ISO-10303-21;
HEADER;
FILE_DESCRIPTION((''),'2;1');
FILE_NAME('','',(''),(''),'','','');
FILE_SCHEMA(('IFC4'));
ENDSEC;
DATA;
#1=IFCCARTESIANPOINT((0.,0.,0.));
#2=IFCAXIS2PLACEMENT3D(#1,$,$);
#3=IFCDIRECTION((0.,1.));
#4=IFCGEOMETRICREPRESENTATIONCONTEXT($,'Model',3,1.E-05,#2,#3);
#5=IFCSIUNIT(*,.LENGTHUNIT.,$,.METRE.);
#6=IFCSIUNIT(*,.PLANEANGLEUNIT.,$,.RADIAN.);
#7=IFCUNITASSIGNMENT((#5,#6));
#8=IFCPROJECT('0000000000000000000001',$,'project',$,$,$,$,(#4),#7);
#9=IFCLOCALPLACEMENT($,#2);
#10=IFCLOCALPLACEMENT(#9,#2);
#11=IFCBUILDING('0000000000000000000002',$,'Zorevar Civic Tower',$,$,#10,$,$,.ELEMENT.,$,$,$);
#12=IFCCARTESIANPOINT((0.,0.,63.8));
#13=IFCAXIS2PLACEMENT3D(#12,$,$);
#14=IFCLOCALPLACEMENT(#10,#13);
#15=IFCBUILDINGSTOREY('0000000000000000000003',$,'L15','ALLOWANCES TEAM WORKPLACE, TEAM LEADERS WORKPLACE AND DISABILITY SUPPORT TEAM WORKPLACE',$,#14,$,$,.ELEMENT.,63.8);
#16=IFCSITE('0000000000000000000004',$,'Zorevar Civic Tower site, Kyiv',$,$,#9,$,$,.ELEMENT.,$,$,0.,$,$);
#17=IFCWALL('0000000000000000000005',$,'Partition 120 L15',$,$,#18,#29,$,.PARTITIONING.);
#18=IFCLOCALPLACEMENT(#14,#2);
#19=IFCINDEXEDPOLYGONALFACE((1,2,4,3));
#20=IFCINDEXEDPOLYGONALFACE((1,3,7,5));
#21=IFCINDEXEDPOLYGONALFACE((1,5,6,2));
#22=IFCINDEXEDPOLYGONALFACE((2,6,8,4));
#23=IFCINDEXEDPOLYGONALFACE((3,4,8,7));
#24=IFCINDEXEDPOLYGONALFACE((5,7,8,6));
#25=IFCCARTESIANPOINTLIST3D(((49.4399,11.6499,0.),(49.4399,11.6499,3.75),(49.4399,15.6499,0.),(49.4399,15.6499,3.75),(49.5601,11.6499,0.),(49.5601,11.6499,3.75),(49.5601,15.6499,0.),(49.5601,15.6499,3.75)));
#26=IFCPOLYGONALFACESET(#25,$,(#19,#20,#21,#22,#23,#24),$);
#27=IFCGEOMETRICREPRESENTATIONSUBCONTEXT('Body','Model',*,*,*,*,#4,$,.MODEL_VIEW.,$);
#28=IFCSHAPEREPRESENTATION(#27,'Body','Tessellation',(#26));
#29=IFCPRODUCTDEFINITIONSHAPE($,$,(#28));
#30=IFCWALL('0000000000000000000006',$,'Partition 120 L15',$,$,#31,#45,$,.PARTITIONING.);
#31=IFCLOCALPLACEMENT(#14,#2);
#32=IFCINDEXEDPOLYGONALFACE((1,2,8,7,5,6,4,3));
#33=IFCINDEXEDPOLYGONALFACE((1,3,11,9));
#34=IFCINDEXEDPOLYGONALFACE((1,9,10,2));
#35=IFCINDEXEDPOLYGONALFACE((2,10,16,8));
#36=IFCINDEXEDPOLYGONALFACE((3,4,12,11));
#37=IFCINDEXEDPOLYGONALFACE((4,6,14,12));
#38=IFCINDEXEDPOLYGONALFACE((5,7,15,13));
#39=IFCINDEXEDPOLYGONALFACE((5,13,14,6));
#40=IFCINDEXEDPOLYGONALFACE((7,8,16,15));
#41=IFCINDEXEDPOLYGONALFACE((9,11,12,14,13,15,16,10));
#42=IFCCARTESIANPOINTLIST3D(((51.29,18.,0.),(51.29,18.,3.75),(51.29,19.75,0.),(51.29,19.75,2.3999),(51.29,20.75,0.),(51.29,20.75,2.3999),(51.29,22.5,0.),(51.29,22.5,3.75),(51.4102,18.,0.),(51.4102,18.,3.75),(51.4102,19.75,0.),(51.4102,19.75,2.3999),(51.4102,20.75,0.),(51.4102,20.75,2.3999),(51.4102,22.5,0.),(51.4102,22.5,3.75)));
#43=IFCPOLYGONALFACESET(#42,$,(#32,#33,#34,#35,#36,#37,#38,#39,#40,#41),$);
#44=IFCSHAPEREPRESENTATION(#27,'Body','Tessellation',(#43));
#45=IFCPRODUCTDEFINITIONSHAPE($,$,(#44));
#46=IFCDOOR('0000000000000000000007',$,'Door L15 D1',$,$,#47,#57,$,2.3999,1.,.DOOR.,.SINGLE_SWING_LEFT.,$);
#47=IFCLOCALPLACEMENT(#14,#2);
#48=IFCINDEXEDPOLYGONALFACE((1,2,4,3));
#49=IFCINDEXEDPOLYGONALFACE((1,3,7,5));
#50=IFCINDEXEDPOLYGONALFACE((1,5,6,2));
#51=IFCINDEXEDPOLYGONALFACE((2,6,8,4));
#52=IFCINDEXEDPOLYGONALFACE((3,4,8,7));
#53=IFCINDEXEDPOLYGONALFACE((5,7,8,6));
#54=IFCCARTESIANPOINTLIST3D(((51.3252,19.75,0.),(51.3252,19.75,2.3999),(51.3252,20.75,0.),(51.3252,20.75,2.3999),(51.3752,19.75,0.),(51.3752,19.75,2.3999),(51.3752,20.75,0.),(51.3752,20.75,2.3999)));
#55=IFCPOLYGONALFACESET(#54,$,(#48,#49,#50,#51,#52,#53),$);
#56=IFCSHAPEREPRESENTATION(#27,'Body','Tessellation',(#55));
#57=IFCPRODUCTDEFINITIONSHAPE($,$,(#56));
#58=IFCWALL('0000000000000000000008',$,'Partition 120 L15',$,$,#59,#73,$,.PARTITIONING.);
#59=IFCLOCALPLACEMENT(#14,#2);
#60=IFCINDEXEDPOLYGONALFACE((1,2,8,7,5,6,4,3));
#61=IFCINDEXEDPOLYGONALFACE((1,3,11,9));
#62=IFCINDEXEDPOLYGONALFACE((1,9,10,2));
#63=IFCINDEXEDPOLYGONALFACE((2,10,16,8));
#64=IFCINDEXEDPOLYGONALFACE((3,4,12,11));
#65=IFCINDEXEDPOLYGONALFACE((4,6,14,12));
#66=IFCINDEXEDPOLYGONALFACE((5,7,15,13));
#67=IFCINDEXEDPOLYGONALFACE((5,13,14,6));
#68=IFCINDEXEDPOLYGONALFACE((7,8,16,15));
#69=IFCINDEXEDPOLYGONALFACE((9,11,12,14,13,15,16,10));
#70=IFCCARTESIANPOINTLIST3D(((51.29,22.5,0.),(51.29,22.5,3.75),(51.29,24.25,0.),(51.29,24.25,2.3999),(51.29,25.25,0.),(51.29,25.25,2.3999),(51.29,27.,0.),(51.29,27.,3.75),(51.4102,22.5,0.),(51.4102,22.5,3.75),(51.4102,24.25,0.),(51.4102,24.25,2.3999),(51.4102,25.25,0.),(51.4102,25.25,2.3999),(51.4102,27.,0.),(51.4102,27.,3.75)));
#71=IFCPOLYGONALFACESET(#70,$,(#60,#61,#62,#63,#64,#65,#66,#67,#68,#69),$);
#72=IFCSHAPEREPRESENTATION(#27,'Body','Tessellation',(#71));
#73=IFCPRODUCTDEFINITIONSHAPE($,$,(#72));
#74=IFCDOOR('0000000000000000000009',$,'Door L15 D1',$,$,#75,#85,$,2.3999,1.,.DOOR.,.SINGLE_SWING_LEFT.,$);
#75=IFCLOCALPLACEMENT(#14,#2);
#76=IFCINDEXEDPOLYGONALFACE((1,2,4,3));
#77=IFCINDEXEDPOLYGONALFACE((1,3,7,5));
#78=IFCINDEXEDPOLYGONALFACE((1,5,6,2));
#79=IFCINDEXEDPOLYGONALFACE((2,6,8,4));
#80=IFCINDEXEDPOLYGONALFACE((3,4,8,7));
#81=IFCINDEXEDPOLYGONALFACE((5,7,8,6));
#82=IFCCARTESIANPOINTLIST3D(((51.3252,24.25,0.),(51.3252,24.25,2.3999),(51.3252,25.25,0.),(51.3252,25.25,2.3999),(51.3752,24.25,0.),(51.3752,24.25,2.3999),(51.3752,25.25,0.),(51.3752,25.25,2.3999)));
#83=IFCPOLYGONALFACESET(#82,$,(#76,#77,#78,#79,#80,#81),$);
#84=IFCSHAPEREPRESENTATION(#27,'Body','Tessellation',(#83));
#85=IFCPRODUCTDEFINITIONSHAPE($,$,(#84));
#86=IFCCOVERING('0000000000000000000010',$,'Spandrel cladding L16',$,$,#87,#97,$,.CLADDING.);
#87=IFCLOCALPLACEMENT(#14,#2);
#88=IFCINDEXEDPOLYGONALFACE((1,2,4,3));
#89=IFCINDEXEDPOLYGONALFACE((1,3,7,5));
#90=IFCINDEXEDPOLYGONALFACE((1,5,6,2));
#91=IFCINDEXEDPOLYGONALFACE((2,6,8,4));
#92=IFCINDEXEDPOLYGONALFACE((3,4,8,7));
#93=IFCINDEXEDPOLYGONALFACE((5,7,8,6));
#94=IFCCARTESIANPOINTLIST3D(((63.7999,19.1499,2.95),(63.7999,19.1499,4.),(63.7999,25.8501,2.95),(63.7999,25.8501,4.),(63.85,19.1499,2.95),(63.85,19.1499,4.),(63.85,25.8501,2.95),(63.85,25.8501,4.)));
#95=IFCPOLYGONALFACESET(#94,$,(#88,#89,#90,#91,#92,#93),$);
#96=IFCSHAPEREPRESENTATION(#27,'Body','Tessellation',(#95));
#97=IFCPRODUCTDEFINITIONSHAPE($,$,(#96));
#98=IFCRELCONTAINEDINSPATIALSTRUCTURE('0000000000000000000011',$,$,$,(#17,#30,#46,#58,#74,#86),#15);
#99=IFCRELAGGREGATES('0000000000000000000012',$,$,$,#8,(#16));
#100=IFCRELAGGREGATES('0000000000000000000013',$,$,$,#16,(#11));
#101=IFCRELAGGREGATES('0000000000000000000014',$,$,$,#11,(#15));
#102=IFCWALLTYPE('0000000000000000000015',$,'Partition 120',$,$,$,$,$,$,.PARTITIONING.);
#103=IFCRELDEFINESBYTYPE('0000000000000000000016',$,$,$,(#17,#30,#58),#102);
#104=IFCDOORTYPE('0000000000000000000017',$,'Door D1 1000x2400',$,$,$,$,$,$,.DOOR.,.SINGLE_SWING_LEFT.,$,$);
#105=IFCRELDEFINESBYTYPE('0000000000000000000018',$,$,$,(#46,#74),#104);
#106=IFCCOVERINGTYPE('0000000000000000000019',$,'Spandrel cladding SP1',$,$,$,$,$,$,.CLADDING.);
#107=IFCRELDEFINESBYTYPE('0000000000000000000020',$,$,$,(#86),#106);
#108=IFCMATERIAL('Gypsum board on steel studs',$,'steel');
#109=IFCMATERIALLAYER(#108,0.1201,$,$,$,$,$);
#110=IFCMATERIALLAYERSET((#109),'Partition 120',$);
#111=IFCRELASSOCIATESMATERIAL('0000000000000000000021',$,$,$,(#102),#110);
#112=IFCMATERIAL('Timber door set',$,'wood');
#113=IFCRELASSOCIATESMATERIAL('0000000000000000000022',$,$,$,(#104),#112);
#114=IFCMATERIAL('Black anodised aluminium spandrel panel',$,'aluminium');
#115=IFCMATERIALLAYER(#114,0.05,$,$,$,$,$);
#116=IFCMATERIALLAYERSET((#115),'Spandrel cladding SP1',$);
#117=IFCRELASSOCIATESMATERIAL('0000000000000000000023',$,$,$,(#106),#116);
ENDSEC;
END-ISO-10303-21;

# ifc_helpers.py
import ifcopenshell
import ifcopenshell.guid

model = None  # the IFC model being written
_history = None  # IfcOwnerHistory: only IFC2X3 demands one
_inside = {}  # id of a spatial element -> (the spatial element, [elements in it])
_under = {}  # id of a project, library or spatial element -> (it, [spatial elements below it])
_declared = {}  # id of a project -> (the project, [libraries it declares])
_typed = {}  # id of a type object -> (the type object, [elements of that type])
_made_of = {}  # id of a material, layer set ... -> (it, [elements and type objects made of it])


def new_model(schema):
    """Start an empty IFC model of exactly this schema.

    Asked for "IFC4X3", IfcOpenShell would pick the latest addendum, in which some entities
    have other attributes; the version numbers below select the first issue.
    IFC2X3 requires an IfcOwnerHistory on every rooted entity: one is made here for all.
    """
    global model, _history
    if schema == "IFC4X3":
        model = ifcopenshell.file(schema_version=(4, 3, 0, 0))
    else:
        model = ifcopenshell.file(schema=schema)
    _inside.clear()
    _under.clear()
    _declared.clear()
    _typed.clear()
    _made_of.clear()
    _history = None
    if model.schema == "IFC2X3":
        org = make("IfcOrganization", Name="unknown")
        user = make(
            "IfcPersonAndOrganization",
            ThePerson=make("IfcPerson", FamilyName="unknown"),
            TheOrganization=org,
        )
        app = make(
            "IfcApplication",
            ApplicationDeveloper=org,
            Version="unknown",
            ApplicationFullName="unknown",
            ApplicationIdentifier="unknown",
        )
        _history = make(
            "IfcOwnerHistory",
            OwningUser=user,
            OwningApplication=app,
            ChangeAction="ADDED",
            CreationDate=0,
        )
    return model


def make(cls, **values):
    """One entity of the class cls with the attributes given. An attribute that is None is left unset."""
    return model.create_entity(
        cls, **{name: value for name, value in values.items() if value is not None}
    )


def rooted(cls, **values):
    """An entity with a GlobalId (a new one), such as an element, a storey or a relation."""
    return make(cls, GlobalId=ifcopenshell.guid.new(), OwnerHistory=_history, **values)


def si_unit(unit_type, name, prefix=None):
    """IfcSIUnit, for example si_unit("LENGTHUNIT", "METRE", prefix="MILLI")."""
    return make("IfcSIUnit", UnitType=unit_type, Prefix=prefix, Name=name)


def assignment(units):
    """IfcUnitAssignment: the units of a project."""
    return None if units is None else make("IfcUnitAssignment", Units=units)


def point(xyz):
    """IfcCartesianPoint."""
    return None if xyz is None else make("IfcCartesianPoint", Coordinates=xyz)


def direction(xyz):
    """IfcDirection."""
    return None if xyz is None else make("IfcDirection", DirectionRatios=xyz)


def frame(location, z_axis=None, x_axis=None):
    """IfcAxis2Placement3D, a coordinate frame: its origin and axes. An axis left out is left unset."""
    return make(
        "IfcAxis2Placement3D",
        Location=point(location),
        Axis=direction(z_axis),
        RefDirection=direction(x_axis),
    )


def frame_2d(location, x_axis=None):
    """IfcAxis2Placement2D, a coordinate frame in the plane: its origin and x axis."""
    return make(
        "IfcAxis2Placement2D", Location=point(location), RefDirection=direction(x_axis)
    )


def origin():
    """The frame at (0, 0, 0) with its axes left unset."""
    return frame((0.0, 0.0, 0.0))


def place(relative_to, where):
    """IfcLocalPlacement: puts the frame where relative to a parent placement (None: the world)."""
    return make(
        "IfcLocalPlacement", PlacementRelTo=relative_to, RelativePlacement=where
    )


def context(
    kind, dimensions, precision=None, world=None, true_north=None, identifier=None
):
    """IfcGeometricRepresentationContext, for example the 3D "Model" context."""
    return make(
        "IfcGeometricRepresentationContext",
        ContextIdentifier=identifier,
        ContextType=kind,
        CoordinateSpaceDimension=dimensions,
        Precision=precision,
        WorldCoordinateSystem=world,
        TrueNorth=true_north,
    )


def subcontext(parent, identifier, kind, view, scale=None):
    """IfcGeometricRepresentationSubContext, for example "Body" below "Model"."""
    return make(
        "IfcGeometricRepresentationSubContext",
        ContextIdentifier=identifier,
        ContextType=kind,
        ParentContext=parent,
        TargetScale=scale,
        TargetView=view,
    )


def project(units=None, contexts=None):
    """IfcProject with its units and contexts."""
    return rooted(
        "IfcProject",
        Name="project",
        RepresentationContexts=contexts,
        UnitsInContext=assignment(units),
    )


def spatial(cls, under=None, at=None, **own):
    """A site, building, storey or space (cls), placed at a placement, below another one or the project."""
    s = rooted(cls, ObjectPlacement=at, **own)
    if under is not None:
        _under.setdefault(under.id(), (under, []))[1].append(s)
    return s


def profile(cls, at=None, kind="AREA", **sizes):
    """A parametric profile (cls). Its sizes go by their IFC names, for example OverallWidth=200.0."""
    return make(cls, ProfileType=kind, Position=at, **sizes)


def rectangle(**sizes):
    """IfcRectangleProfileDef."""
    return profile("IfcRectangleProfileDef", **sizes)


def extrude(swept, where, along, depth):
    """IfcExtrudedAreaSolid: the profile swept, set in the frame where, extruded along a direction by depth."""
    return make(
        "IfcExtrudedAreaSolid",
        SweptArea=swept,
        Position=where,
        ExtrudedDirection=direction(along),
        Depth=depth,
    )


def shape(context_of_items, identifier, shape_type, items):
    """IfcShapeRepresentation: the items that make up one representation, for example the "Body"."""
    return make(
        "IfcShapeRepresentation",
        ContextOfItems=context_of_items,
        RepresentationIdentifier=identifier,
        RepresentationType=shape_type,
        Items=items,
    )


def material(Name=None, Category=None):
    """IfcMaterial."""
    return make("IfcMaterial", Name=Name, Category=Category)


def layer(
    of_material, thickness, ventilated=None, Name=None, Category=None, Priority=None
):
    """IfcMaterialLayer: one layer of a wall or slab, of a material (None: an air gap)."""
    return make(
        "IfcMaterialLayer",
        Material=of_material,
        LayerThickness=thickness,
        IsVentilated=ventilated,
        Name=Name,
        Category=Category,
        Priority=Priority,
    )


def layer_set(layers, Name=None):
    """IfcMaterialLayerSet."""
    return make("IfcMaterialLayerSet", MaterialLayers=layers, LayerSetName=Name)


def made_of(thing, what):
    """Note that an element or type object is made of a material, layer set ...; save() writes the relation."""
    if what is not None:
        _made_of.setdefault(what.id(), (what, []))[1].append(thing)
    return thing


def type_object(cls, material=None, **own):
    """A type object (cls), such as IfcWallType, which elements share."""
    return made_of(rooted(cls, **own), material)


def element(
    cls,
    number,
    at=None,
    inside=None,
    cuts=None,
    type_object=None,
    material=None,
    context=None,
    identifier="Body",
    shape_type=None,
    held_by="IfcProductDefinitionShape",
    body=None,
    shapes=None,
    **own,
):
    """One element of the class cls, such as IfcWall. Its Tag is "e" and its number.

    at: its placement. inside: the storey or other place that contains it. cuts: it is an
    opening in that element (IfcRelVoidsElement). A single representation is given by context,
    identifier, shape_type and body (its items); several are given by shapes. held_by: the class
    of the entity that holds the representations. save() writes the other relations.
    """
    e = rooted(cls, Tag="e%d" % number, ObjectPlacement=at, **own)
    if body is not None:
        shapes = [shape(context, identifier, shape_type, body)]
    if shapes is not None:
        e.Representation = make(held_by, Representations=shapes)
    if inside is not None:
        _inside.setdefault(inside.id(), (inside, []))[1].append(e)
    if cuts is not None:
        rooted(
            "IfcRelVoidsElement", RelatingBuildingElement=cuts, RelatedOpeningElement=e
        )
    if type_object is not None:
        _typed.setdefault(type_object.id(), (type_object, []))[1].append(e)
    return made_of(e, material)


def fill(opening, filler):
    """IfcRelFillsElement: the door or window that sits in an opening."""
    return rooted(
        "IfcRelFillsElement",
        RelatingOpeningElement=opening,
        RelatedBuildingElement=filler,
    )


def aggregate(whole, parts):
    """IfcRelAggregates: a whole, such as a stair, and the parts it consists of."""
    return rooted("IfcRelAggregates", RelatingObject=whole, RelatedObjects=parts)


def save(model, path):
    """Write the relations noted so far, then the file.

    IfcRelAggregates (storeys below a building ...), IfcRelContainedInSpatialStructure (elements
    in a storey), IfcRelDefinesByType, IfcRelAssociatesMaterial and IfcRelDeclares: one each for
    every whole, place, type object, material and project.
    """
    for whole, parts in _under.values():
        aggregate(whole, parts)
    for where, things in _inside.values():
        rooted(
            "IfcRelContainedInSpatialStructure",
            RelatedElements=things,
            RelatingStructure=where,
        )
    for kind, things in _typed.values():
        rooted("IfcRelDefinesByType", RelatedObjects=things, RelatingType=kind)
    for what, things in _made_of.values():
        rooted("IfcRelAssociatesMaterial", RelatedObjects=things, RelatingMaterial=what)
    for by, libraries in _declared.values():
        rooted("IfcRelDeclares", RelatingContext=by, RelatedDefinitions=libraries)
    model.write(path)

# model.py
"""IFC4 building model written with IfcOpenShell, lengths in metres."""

from ifc_helpers import new_model, si_unit, direction, frame, frame_2d, origin, place, context, subcontext, project, spatial, rectangle, extrude, material, layer, layer_set, type_object, element, fill, save


model = new_model("IFC4")

# Units and contexts
model_context = context("Model", 3, precision=1e-05, world=origin(), true_north=direction((0.0, 1.0)))
body_context = subcontext(model_context, "Body", "Model", "MODEL_VIEW")
ifc_project = project(units=[si_unit("LENGTHUNIT", "METRE"), si_unit("PLANEANGLEUNIT", "RADIAN")], contexts=[model_context])

# Site, building, storey
site_placement = place(None, origin())
site = spatial("IfcSite", under=ifc_project, at=site_placement, Name="Zorevar Civic Tower site, Kyiv", CompositionType="ELEMENT", RefElevation=0.0)
building_placement = place(site_placement, origin())
building = spatial("IfcBuilding", under=site, at=building_placement, Name="Zorevar Civic Tower", CompositionType="ELEMENT")
storey_placement = place(building_placement, frame((0.0, 0.0, 63.8)))
storey = spatial("IfcBuildingStorey", under=building, at=storey_placement, Name="L15", Description="ALLOWANCES TEAM WORKPLACE, TEAM LEADERS WORKPLACE AND DISABILITY SUPPORT TEAM WORKPLACE", CompositionType="ELEMENT", Elevation=63.8)

# Wall
ifc_material_1 = material(Name="Gypsum board on steel studs", Category="steel")
ifc_layer_1 = layer(ifc_material_1, 0.1201)
ifc_layer_set_1 = layer_set([ifc_layer_1], Name="Partition 120")
wall_type = type_object("IfcWallType", Name="Partition 120", PredefinedType="PARTITIONING", material=ifc_layer_set_1)
wall_1_placement = place(storey_placement, frame((49.5, 11.6499, 0.0), z_axis=(0.0, 0.0, 1.0), x_axis=(0.0, 1.0, 0.0)))
element("IfcWall", 1, at=wall_1_placement, inside=storey, type_object=wall_type, Name="Partition 120 L15", PredefinedType="PARTITIONING", context=body_context, shape_type="SweptSolid", body=[
    extrude(rectangle(XDim=4.0, YDim=0.1201, at=frame_2d((2.0, 0.0))), origin(), (0.0, 0.0, 1.0), 3.75),
])

# Walls, openings, doors
wall_2_placement = place(storey_placement, frame((51.3501, 18.0, 0.0), z_axis=(0.0, 0.0, 1.0), x_axis=(0.0, 1.0, 0.0)))
wall_2 = element("IfcWall", 2, at=wall_2_placement, inside=storey, type_object=wall_type, Name="Partition 120 L15", PredefinedType="PARTITIONING", context=body_context, shape_type="SweptSolid", body=[
    extrude(rectangle(XDim=4.5, YDim=0.1201, at=frame_2d((2.25, 0.0))), origin(), (0.0, 0.0, 1.0), 3.75),
])
opening_1_placement = place(wall_2_placement, frame((1.75, 0.0, 0.0)))
opening_1 = element("IfcOpeningElement", 3, at=opening_1_placement, cuts=wall_2, PredefinedType="OPENING", context=body_context, shape_type="SweptSolid", body=[
    extrude(rectangle(XDim=1.0, YDim=2.3999, at=frame_2d((0.5, 1.2))), frame((0.0, 0.0701, 0.0), z_axis=(0.0, -1.0, 0.0), x_axis=(1.0, 0.0, 0.0)), (0.0, 0.0, 1.0), 0.1401),
])
ifc_material_2 = material(Name="Timber door set", Category="wood")
door_type = type_object("IfcDoorType", Name="Door D1 1000x2400", OperationType="SINGLE_SWING_LEFT", PredefinedType="DOOR", material=ifc_material_2)
door_1_placement = place(opening_1_placement, origin())
door_1 = element("IfcDoor", 4, at=door_1_placement, inside=storey, type_object=door_type, Name="Door L15 D1", OperationType="SINGLE_SWING_LEFT", OverallHeight=2.3999, OverallWidth=1.0, PredefinedType="DOOR", context=body_context, shape_type="SweptSolid", body=[
    extrude(rectangle(XDim=1.0, YDim=2.3999, at=frame_2d((0.5, 1.2))), frame((0.0, 0.0249, 0.0), z_axis=(0.0, -1.0, 0.0), x_axis=(1.0, 0.0, 0.0)), (0.0, 0.0, 1.0), 0.05),
])
fill(opening_1, door_1)
wall_3_placement = place(storey_placement, frame((51.3501, 22.5, 0.0), z_axis=(0.0, 0.0, 1.0), x_axis=(0.0, 1.0, 0.0)))
wall_3 = element("IfcWall", 5, at=wall_3_placement, inside=storey, type_object=wall_type, Name="Partition 120 L15", PredefinedType="PARTITIONING", context=body_context, shape_type="SweptSolid", body=[
    extrude(rectangle(XDim=4.5, YDim=0.1201, at=frame_2d((2.25, 0.0))), origin(), (0.0, 0.0, 1.0), 3.75),
])
opening_2_placement = place(wall_3_placement, frame((1.75, 0.0, 0.0)))
opening_2 = element("IfcOpeningElement", 6, at=opening_2_placement, cuts=wall_3, PredefinedType="OPENING", context=body_context, shape_type="SweptSolid", body=[
    extrude(rectangle(XDim=1.0, YDim=2.3999, at=frame_2d((0.5, 1.2))), frame((0.0, 0.0701, 0.0), z_axis=(0.0, -1.0, 0.0), x_axis=(1.0, 0.0, 0.0)), (0.0, 0.0, 1.0), 0.1401),
])
door_2_placement = place(opening_2_placement, origin())
door_2 = element("IfcDoor", 7, at=door_2_placement, inside=storey, type_object=door_type, Name="Door L15 D1", OperationType="SINGLE_SWING_LEFT", OverallHeight=2.3999, OverallWidth=1.0, PredefinedType="DOOR", context=body_context, shape_type="SweptSolid", body=[
    extrude(rectangle(XDim=1.0, YDim=2.3999, at=frame_2d((0.5, 1.2))), frame((0.0, 0.0249, 0.0), z_axis=(0.0, -1.0, 0.0), x_axis=(1.0, 0.0, 0.0)), (0.0, 0.0, 1.0), 0.05),
])
fill(opening_2, door_2)

# Covering
ifc_material_3 = material(Name="Black anodised aluminium spandrel panel", Category="aluminium")
ifc_layer_2 = layer(ifc_material_3, 0.05)
ifc_layer_set_2 = layer_set([ifc_layer_2], Name="Spandrel cladding SP1")
covering_type = type_object("IfcCoveringType", Name="Spandrel cladding SP1", PredefinedType="CLADDING", material=ifc_layer_set_2)
covering_placement = place(storey_placement, frame((63.825, 19.1499, 2.95), z_axis=(0.0, 0.0, 1.0), x_axis=(0.0, 1.0, 0.0)))
element("IfcCovering", 8, at=covering_placement, inside=storey, type_object=covering_type, Name="Spandrel cladding L16", PredefinedType="CLADDING", context=body_context, shape_type="SweptSolid", body=[
    extrude(rectangle(XDim=6.7002, YDim=0.05, at=frame_2d((3.3501, 0.0))), origin(), (0.0, 0.0, 1.0), 1.05),
])

save(model, "model.ifc")
